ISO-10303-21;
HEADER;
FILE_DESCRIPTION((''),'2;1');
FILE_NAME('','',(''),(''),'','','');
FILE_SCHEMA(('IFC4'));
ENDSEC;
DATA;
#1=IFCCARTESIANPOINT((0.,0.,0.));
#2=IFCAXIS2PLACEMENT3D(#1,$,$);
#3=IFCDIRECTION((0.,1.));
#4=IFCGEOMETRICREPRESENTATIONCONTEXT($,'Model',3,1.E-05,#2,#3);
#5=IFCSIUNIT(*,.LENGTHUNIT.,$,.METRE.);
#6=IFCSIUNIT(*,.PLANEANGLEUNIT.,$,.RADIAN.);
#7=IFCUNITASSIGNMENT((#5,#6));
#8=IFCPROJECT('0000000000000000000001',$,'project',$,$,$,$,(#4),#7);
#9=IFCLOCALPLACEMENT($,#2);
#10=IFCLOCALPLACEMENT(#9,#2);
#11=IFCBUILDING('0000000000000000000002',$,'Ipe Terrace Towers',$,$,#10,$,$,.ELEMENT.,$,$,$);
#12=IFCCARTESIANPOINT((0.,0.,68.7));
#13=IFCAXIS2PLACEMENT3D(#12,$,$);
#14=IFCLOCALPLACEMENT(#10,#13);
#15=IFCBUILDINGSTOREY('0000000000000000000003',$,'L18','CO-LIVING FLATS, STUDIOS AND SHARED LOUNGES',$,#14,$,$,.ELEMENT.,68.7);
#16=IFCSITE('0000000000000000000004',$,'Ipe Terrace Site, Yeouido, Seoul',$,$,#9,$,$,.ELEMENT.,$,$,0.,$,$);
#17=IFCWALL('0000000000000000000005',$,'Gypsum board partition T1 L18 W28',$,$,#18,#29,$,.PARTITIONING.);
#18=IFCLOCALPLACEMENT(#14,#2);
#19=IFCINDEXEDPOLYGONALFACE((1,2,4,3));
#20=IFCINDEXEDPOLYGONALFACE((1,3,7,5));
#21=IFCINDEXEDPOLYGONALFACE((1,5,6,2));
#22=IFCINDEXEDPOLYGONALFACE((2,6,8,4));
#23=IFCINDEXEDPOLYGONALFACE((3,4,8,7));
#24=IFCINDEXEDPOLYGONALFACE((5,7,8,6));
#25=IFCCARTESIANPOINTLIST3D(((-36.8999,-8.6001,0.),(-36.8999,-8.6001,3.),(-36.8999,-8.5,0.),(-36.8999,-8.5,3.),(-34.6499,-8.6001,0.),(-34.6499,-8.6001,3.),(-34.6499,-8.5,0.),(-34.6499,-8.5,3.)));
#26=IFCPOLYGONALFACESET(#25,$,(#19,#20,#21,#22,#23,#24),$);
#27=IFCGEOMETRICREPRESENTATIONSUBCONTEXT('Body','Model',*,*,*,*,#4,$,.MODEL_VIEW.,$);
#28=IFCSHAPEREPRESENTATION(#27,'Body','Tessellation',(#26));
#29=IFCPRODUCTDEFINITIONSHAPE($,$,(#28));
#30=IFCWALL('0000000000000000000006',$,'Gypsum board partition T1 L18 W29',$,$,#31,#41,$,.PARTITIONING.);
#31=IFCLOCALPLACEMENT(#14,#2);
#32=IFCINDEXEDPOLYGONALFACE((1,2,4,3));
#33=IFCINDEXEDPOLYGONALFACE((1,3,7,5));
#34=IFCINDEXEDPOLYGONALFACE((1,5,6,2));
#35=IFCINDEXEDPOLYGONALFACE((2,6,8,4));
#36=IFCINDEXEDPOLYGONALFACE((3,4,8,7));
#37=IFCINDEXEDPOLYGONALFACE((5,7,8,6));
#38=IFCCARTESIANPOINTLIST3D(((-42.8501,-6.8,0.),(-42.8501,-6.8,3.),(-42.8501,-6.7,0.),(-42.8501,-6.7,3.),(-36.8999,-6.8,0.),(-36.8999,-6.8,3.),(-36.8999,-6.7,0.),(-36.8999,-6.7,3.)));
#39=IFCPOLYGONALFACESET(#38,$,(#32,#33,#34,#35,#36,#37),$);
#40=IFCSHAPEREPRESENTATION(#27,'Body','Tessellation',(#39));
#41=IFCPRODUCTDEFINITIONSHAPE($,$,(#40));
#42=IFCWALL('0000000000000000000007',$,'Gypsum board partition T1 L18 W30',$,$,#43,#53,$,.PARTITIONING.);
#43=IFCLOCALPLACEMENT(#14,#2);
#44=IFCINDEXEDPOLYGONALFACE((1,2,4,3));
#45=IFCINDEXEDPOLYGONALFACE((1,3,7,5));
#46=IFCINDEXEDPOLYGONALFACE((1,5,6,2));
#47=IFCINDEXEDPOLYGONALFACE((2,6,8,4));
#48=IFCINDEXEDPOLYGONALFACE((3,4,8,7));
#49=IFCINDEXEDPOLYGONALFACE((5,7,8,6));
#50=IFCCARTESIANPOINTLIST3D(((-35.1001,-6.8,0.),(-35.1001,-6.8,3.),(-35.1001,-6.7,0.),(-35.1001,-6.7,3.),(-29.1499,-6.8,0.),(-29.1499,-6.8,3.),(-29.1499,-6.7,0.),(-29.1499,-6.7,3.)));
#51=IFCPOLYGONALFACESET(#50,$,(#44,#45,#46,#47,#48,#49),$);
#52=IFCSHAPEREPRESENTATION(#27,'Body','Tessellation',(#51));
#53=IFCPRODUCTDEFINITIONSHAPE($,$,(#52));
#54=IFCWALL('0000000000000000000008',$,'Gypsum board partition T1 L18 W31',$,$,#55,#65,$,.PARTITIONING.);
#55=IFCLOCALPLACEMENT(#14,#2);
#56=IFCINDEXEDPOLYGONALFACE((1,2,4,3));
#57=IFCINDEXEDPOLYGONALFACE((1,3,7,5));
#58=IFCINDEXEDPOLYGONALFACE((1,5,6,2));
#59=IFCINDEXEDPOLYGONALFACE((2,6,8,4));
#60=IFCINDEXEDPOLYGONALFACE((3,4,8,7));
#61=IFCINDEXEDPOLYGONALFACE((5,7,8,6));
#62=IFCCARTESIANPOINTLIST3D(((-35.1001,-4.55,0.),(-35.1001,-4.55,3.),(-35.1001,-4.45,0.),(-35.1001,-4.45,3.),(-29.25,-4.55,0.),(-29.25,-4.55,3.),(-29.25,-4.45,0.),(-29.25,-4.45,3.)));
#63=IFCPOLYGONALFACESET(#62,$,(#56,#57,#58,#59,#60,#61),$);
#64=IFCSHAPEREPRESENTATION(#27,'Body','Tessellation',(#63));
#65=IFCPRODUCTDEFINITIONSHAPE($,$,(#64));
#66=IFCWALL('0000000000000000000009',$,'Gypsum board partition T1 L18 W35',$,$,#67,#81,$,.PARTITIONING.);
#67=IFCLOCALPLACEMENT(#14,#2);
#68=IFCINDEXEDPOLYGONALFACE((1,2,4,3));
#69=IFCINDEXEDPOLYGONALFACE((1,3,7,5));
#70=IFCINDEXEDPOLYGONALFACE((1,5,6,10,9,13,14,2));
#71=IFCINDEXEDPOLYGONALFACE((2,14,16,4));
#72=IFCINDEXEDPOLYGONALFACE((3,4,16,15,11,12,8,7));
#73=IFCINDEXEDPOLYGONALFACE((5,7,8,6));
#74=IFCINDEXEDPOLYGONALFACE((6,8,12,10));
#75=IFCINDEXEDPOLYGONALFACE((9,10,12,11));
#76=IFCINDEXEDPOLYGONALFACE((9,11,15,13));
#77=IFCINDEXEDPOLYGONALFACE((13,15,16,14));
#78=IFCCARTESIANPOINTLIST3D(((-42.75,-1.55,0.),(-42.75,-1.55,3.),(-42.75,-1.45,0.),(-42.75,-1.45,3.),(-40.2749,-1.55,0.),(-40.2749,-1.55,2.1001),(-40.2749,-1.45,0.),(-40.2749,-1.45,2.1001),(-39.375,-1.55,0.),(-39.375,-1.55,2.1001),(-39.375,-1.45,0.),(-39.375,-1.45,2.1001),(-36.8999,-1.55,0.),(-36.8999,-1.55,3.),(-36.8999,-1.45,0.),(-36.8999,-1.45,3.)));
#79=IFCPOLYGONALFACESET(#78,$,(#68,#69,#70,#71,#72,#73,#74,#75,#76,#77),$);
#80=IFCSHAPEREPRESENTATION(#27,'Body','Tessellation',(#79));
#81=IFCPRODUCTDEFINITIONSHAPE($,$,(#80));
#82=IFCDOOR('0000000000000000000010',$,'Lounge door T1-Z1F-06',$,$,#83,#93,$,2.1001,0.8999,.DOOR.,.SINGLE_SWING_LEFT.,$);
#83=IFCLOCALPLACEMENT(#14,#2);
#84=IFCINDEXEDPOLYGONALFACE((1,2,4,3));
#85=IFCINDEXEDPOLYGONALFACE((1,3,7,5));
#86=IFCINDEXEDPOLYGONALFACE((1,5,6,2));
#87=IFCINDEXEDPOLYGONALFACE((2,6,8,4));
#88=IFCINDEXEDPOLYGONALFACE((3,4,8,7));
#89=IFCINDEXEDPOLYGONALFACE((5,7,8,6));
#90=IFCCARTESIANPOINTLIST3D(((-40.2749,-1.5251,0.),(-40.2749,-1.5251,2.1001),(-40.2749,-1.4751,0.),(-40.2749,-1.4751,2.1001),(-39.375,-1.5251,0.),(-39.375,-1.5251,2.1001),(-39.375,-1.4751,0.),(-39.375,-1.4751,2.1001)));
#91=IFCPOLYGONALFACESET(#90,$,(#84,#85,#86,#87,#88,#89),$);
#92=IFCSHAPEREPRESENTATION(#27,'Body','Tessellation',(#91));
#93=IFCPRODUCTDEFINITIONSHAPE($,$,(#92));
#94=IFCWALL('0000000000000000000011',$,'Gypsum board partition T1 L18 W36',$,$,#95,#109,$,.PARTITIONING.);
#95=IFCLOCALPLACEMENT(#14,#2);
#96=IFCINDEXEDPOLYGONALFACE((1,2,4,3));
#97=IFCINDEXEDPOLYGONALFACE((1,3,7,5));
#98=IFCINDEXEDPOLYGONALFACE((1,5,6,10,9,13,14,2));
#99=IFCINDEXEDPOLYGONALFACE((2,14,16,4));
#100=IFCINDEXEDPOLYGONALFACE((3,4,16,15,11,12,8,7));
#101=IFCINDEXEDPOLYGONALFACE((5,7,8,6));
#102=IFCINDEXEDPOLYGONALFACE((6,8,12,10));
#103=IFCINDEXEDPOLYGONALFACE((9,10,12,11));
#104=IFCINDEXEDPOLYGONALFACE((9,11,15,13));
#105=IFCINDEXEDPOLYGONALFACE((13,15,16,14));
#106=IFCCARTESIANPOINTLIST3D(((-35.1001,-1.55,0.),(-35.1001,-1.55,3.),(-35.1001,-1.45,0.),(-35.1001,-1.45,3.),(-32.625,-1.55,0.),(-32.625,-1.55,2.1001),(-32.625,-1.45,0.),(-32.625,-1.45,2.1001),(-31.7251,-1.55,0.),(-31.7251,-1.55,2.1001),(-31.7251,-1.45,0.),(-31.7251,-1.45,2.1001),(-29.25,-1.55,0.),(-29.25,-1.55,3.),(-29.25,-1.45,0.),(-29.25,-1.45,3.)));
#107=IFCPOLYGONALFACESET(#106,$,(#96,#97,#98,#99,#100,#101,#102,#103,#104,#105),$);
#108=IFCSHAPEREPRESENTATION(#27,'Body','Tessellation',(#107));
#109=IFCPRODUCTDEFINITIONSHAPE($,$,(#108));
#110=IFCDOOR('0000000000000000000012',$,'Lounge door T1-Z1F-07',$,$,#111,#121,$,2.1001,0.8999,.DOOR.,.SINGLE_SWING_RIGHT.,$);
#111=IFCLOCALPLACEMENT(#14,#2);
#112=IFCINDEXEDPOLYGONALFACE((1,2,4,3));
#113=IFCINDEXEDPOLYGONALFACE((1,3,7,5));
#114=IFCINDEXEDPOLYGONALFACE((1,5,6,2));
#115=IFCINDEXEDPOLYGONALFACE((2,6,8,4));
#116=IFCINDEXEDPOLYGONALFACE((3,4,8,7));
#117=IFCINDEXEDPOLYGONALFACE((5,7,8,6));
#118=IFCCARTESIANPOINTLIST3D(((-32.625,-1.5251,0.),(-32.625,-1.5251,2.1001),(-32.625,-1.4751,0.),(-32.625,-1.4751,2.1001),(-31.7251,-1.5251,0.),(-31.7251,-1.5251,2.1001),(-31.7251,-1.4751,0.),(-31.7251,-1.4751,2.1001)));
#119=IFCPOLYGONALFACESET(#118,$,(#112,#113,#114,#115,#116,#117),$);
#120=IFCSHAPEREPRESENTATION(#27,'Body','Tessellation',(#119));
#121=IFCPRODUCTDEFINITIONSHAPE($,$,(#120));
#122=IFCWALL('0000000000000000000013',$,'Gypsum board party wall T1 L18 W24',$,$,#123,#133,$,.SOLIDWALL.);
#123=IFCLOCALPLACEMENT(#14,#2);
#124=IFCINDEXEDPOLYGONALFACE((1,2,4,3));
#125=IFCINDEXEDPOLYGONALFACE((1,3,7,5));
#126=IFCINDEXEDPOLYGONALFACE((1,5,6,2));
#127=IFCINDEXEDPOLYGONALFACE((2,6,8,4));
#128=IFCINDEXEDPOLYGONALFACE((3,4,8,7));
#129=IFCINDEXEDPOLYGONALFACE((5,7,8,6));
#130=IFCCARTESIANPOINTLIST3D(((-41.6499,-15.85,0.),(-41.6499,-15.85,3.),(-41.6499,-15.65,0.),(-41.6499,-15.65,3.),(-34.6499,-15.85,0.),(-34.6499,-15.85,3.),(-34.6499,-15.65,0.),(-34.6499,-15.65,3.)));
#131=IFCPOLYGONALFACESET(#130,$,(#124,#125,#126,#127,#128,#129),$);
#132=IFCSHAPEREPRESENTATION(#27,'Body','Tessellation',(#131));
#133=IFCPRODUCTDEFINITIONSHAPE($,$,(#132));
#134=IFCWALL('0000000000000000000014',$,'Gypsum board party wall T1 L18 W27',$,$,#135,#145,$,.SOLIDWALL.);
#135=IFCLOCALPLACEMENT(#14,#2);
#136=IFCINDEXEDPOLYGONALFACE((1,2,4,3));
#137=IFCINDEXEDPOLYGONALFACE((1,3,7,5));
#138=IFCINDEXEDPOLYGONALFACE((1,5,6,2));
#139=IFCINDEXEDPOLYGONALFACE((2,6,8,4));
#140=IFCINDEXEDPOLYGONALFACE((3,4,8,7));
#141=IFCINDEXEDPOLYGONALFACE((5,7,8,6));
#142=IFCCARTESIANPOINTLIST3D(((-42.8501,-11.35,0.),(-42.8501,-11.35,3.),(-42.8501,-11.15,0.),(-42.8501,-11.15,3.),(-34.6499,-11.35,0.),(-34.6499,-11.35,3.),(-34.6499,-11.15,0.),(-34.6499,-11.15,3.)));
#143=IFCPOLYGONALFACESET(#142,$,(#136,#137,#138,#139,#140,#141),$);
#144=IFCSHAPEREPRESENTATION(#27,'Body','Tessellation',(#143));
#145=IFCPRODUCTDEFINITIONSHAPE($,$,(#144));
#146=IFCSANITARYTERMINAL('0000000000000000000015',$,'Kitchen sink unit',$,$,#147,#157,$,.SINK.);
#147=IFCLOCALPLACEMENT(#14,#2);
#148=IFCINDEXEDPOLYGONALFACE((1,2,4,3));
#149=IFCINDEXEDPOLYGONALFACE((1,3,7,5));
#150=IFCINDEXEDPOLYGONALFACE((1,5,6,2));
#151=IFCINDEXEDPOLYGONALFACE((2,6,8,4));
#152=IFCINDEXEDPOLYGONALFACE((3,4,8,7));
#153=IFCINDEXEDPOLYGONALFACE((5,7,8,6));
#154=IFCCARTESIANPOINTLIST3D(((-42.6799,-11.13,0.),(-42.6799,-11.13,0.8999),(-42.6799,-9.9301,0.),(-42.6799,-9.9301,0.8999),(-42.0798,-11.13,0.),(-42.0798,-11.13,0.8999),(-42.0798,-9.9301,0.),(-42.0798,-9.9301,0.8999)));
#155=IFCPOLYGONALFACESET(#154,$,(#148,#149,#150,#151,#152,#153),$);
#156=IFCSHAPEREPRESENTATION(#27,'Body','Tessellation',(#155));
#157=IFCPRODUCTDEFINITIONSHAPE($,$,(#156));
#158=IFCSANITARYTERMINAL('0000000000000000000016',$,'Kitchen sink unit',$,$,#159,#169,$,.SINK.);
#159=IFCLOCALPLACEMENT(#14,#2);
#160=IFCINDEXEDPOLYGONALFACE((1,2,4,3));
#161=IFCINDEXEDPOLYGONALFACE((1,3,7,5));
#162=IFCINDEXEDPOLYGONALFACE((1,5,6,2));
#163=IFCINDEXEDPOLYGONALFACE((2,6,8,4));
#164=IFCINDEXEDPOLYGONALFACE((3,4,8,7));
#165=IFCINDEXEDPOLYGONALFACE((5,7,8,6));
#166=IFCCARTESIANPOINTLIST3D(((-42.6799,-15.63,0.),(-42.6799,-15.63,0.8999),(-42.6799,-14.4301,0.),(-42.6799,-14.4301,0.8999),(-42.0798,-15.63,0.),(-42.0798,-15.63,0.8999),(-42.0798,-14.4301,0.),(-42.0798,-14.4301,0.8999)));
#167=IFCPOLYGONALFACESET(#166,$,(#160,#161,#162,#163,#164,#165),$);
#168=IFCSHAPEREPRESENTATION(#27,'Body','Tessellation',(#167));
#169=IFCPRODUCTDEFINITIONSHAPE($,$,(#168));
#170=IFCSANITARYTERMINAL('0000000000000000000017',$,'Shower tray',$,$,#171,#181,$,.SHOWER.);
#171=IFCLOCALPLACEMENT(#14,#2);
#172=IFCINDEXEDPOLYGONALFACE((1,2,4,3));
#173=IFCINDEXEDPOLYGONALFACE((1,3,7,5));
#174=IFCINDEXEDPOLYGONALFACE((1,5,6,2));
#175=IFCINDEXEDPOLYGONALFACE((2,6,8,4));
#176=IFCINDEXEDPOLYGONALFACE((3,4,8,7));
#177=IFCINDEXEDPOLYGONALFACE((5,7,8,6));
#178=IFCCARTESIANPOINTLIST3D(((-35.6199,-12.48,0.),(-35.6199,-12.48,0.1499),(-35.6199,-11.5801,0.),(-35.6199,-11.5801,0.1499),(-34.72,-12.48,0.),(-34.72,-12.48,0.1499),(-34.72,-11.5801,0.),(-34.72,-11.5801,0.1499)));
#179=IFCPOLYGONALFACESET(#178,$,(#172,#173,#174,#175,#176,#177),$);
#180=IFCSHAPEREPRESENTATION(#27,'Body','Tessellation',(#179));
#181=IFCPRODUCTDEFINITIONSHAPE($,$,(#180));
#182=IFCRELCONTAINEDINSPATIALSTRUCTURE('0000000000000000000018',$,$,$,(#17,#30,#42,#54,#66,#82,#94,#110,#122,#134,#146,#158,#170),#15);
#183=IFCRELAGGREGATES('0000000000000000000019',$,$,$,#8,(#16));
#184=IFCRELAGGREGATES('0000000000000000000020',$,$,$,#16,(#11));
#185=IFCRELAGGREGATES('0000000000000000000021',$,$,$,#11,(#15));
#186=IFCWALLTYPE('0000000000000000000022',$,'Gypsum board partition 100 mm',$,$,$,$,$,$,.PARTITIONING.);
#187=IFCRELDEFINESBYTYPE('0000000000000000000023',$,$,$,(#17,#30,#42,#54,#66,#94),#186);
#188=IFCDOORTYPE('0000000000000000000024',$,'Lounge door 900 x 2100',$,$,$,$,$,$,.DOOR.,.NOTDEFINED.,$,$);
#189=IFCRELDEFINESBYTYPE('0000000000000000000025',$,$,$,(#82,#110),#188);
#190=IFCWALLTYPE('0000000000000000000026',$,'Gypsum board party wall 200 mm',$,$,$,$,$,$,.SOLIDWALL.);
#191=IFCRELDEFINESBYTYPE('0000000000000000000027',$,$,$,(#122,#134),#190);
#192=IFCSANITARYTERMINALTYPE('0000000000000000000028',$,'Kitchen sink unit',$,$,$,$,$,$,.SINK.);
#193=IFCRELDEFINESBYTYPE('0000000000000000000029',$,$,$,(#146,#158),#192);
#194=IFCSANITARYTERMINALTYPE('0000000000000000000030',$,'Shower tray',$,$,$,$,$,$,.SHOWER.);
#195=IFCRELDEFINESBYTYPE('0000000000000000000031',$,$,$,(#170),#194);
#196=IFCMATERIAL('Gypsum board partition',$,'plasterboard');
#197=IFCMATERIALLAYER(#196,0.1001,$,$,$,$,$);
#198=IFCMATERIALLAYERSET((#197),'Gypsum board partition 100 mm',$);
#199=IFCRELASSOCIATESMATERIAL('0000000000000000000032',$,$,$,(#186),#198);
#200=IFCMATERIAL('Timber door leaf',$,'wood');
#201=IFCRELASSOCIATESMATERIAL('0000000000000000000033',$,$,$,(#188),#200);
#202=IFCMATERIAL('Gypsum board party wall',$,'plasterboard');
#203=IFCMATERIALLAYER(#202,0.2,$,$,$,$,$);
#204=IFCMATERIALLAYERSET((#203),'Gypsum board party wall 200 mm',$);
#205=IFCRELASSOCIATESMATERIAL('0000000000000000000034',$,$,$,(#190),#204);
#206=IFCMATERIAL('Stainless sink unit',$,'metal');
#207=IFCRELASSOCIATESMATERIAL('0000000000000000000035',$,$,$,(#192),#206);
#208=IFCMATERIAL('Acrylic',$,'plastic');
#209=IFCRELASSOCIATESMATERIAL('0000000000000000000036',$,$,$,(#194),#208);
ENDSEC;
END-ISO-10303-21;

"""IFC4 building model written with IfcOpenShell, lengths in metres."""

from ifc_helpers import new_model, si_unit, direction, frame, frame_2d, origin, origin_2d, place, context, subcontext, project, spatial, rectangle, extrude, material, layer, layer_set, type_object, element, fill, save


model = new_model("IFC4")

# Units and contexts
model_context = context("Model", 3, precision=1e-05, world=origin(), true_north=direction((0.0, 1.0)))
body_context = subcontext(model_context, "Body", "Model", "MODEL_VIEW")
ifc_project = project(units=[si_unit("LENGTHUNIT", "METRE"), si_unit("PLANEANGLEUNIT", "RADIAN")], contexts=[model_context])

# Site, building, storey
site_placement = place(None, origin())
site = spatial("IfcSite", under=ifc_project, at=site_placement, Name="Ipe Terrace Site, Yeouido, Seoul", CompositionType="ELEMENT", RefElevation=0.0)
building_placement = place(site_placement, origin())
building = spatial("IfcBuilding", under=site, at=building_placement, Name="Ipe Terrace Towers", CompositionType="ELEMENT")
storey_placement = place(building_placement, frame((0.0, 0.0, 68.7)))
storey = spatial("IfcBuildingStorey", under=building, at=storey_placement, Name="L18", Description="CO-LIVING FLATS, STUDIOS AND SHARED LOUNGES", CompositionType="ELEMENT", Elevation=68.7)

# Shared definitions
ifc_material_1 = material(Name="Gypsum board partition", Category="plasterboard")
ifc_layer_1 = layer(ifc_material_1, 0.1001)
ifc_layer_set_1 = layer_set([ifc_layer_1], Name="Gypsum board partition 100 mm")
wall_type_1 = type_object("IfcWallType", Name="Gypsum board partition 100 mm", PredefinedType="PARTITIONING", material=ifc_layer_set_1)

# Shared definitions
ifc_material_2 = material(Name="Timber door leaf", Category="wood")
door_type_1 = type_object("IfcDoorType", Name="Lounge door 900 x 2100", OperationType="NOTDEFINED", PredefinedType="DOOR", material=ifc_material_2)

# Walls
wall_1_placement = place(storey_placement, frame((-36.8999, -8.55, 0.0), z_axis=(0.0, 0.0, 1.0), x_axis=(1.0, 0.0, 0.0)))
element("IfcWall", 1, at=wall_1_placement, inside=storey, type_object=wall_type_1, Name="Gypsum board partition T1 L18 W28", PredefinedType="PARTITIONING", context=body_context, shape_type="SweptSolid", body=[
    extrude(rectangle(XDim=2.25, YDim=0.1001, at=frame_2d((1.125, 0.0))), origin(), (0.0, 0.0, 1.0), 3.0),
])
for number, where, z_axis, x_axis, name in (
    (2, (-42.8501, -6.75, 0.0), (0.0, 0.0, 1.0), (1.0, 0.0, 0.0), "Gypsum board partition T1 L18 W29"),
    (3, (-35.1001, -6.75, 0.0), (0.0, 0.0, 1.0), (1.0, 0.0, 0.0), "Gypsum board partition T1 L18 W30"),
):
    element("IfcWall", number, at=place(storey_placement, frame(where, z_axis=z_axis, x_axis=x_axis)), inside=storey, type_object=wall_type_1, Name=name, PredefinedType="PARTITIONING", context=body_context, shape_type="SweptSolid", body=[
        extrude(rectangle(XDim=5.9502, YDim=0.1001, at=frame_2d((2.9751, 0.0))), origin(), (0.0, 0.0, 1.0), 3.0),
    ])
wall_2_placement = place(storey_placement, frame((-35.1001, -4.5, 0.0), z_axis=(0.0, 0.0, 1.0), x_axis=(1.0, 0.0, 0.0)))
element("IfcWall", 4, at=wall_2_placement, inside=storey, type_object=wall_type_1, Name="Gypsum board partition T1 L18 W31", PredefinedType="PARTITIONING", context=body_context, shape_type="SweptSolid", body=[
    extrude(rectangle(XDim=5.8501, YDim=0.1001, at=frame_2d((2.925, 0.0))), origin(), (0.0, 0.0, 1.0), 3.0),
])

# Walls, openings, doors
wall_3_placement = place(storey_placement, frame((-42.75, -1.5, 0.0), z_axis=(0.0, 0.0, 1.0), x_axis=(1.0, 0.0, 0.0)))
wall_3 = element("IfcWall", 5, at=wall_3_placement, inside=storey, type_object=wall_type_1, Name="Gypsum board partition T1 L18 W35", PredefinedType="PARTITIONING", context=body_context, shape_type="SweptSolid", body=[
    extrude(rectangle(XDim=5.8501, YDim=0.1001, at=frame_2d((2.925, 0.0))), origin(), (0.0, 0.0, 1.0), 3.0),
])
opening_1_placement = place(wall_3_placement, frame((2.4751, 0.0, 0.0)))
opening_1 = element("IfcOpeningElement", 6, at=opening_1_placement, cuts=wall_3, PredefinedType="OPENING", context=body_context, shape_type="SweptSolid", body=[
    extrude(rectangle(XDim=0.8999, YDim=2.1001, at=frame_2d((0.45, 1.05))), frame((0.0, 0.0601, 0.0), z_axis=(0.0, -1.0, 0.0), x_axis=(1.0, 0.0, 0.0)), (0.0, 0.0, 1.0), 0.1201),
])
door_1_placement = place(opening_1_placement, origin())
door_1 = element("IfcDoor", 7, at=door_1_placement, inside=storey, type_object=door_type_1, Name="Lounge door T1-Z1F-06", OperationType="SINGLE_SWING_LEFT", OverallHeight=2.1001, OverallWidth=0.8999, PredefinedType="DOOR", context=body_context, shape_type="SweptSolid", body=[
    extrude(rectangle(XDim=0.8999, YDim=2.1001, at=frame_2d((0.45, 1.05))), frame((0.0, 0.0249, 0.0), z_axis=(0.0, -1.0, 0.0), x_axis=(1.0, 0.0, 0.0)), (0.0, 0.0, 1.0), 0.05),
])
fill(opening_1, door_1)
wall_4_placement = place(storey_placement, frame((-35.1001, -1.5, 0.0), z_axis=(0.0, 0.0, 1.0), x_axis=(1.0, 0.0, 0.0)))
wall_4 = element("IfcWall", 8, at=wall_4_placement, inside=storey, type_object=wall_type_1, Name="Gypsum board partition T1 L18 W36", PredefinedType="PARTITIONING", context=body_context, shape_type="SweptSolid", body=[
    extrude(rectangle(XDim=5.8501, YDim=0.1001, at=frame_2d((2.925, 0.0))), origin(), (0.0, 0.0, 1.0), 3.0),
])
opening_2_placement = place(wall_4_placement, frame((2.4751, 0.0, 0.0)))
opening_2 = element("IfcOpeningElement", 9, at=opening_2_placement, cuts=wall_4, PredefinedType="OPENING", context=body_context, shape_type="SweptSolid", body=[
    extrude(rectangle(XDim=0.8999, YDim=2.1001, at=frame_2d((0.45, 1.05))), frame((0.0, 0.0601, 0.0), z_axis=(0.0, -1.0, 0.0), x_axis=(1.0, 0.0, 0.0)), (0.0, 0.0, 1.0), 0.1201),
])
door_2_placement = place(opening_2_placement, origin())
door_2 = element("IfcDoor", 10, at=door_2_placement, inside=storey, type_object=door_type_1, Name="Lounge door T1-Z1F-07", OperationType="SINGLE_SWING_RIGHT", OverallHeight=2.1001, OverallWidth=0.8999, PredefinedType="DOOR", context=body_context, shape_type="SweptSolid", body=[
    extrude(rectangle(XDim=0.8999, YDim=2.1001, at=frame_2d((0.45, 1.05))), frame((0.0, 0.0249, 0.0), z_axis=(0.0, -1.0, 0.0), x_axis=(1.0, 0.0, 0.0)), (0.0, 0.0, 1.0), 0.05),
])
fill(opening_2, door_2)

# Walls
ifc_material_3 = material(Name="Gypsum board party wall", Category="plasterboard")
ifc_layer_2 = layer(ifc_material_3, 0.2)
ifc_layer_set_2 = layer_set([ifc_layer_2], Name="Gypsum board party wall 200 mm")
wall_type_2 = type_object("IfcWallType", Name="Gypsum board party wall 200 mm", PredefinedType="SOLIDWALL", material=ifc_layer_set_2)
wall_5_placement = place(storey_placement, frame((-41.6499, -15.75, 0.0), z_axis=(0.0, 0.0, 1.0), x_axis=(1.0, 0.0, 0.0)))
element("IfcWall", 11, at=wall_5_placement, inside=storey, type_object=wall_type_2, Name="Gypsum board party wall T1 L18 W24", PredefinedType="SOLIDWALL", context=body_context, shape_type="SweptSolid", body=[
    extrude(rectangle(XDim=7.0, YDim=0.2, at=frame_2d((3.5, 0.0))), origin(), (0.0, 0.0, 1.0), 3.0),
])
wall_6_placement = place(storey_placement, frame((-42.8501, -11.25, 0.0), z_axis=(0.0, 0.0, 1.0), x_axis=(1.0, 0.0, 0.0)))
element("IfcWall", 12, at=wall_6_placement, inside=storey, type_object=wall_type_2, Name="Gypsum board party wall T1 L18 W27", PredefinedType="SOLIDWALL", context=body_context, shape_type="SweptSolid", body=[
    extrude(rectangle(XDim=8.2002, YDim=0.2, at=frame_2d((4.1001, 0.0))), origin(), (0.0, 0.0, 1.0), 3.0),
])

# Sanitary terminals
ifc_material_4 = material(Name="Stainless sink unit", Category="metal")
sanitary_terminal_type_1 = type_object("IfcSanitaryTerminalType", Name="Kitchen sink unit", PredefinedType="SINK", material=ifc_material_4)
for number, where, z_axis, x_axis, name in (
    (13, (-42.3799, -10.53, 0.0), (0.0, 0.0, 1.0), (0.0, 1.0, 0.0), "Kitchen sink unit"),
    (14, (-42.3799, -15.03, 0.0), (0.0, 0.0, 1.0), (0.0, 1.0, 0.0), "Kitchen sink unit"),
):
    element("IfcSanitaryTerminal", number, at=place(storey_placement, frame(where, z_axis=z_axis, x_axis=x_axis)), inside=storey, type_object=sanitary_terminal_type_1, Name=name, PredefinedType="SINK", context=body_context, shape_type="SweptSolid", body=[
        extrude(rectangle(XDim=1.2, YDim=0.6001, at=origin_2d()), origin(), (0.0, 0.0, 1.0), 0.8999),
    ])
ifc_material_5 = material(Name="Acrylic", Category="plastic")
sanitary_terminal_type_2 = type_object("IfcSanitaryTerminalType", Name="Shower tray", PredefinedType="SHOWER", material=ifc_material_5)
sanitary_terminal_placement = place(storey_placement, frame((-35.1699, -12.03, 0.0), z_axis=(0.0, 0.0, 1.0), x_axis=(-1.0, 0.0, 0.0)))
element("IfcSanitaryTerminal", 15, at=sanitary_terminal_placement, inside=storey, type_object=sanitary_terminal_type_2, Name="Shower tray", PredefinedType="SHOWER", context=body_context, shape_type="SweptSolid", body=[
    extrude(rectangle(XDim=0.8999, YDim=0.8999, at=origin_2d()), origin(), (0.0, 0.0, 1.0), 0.1499),
])

save(model, "model.ifc")
